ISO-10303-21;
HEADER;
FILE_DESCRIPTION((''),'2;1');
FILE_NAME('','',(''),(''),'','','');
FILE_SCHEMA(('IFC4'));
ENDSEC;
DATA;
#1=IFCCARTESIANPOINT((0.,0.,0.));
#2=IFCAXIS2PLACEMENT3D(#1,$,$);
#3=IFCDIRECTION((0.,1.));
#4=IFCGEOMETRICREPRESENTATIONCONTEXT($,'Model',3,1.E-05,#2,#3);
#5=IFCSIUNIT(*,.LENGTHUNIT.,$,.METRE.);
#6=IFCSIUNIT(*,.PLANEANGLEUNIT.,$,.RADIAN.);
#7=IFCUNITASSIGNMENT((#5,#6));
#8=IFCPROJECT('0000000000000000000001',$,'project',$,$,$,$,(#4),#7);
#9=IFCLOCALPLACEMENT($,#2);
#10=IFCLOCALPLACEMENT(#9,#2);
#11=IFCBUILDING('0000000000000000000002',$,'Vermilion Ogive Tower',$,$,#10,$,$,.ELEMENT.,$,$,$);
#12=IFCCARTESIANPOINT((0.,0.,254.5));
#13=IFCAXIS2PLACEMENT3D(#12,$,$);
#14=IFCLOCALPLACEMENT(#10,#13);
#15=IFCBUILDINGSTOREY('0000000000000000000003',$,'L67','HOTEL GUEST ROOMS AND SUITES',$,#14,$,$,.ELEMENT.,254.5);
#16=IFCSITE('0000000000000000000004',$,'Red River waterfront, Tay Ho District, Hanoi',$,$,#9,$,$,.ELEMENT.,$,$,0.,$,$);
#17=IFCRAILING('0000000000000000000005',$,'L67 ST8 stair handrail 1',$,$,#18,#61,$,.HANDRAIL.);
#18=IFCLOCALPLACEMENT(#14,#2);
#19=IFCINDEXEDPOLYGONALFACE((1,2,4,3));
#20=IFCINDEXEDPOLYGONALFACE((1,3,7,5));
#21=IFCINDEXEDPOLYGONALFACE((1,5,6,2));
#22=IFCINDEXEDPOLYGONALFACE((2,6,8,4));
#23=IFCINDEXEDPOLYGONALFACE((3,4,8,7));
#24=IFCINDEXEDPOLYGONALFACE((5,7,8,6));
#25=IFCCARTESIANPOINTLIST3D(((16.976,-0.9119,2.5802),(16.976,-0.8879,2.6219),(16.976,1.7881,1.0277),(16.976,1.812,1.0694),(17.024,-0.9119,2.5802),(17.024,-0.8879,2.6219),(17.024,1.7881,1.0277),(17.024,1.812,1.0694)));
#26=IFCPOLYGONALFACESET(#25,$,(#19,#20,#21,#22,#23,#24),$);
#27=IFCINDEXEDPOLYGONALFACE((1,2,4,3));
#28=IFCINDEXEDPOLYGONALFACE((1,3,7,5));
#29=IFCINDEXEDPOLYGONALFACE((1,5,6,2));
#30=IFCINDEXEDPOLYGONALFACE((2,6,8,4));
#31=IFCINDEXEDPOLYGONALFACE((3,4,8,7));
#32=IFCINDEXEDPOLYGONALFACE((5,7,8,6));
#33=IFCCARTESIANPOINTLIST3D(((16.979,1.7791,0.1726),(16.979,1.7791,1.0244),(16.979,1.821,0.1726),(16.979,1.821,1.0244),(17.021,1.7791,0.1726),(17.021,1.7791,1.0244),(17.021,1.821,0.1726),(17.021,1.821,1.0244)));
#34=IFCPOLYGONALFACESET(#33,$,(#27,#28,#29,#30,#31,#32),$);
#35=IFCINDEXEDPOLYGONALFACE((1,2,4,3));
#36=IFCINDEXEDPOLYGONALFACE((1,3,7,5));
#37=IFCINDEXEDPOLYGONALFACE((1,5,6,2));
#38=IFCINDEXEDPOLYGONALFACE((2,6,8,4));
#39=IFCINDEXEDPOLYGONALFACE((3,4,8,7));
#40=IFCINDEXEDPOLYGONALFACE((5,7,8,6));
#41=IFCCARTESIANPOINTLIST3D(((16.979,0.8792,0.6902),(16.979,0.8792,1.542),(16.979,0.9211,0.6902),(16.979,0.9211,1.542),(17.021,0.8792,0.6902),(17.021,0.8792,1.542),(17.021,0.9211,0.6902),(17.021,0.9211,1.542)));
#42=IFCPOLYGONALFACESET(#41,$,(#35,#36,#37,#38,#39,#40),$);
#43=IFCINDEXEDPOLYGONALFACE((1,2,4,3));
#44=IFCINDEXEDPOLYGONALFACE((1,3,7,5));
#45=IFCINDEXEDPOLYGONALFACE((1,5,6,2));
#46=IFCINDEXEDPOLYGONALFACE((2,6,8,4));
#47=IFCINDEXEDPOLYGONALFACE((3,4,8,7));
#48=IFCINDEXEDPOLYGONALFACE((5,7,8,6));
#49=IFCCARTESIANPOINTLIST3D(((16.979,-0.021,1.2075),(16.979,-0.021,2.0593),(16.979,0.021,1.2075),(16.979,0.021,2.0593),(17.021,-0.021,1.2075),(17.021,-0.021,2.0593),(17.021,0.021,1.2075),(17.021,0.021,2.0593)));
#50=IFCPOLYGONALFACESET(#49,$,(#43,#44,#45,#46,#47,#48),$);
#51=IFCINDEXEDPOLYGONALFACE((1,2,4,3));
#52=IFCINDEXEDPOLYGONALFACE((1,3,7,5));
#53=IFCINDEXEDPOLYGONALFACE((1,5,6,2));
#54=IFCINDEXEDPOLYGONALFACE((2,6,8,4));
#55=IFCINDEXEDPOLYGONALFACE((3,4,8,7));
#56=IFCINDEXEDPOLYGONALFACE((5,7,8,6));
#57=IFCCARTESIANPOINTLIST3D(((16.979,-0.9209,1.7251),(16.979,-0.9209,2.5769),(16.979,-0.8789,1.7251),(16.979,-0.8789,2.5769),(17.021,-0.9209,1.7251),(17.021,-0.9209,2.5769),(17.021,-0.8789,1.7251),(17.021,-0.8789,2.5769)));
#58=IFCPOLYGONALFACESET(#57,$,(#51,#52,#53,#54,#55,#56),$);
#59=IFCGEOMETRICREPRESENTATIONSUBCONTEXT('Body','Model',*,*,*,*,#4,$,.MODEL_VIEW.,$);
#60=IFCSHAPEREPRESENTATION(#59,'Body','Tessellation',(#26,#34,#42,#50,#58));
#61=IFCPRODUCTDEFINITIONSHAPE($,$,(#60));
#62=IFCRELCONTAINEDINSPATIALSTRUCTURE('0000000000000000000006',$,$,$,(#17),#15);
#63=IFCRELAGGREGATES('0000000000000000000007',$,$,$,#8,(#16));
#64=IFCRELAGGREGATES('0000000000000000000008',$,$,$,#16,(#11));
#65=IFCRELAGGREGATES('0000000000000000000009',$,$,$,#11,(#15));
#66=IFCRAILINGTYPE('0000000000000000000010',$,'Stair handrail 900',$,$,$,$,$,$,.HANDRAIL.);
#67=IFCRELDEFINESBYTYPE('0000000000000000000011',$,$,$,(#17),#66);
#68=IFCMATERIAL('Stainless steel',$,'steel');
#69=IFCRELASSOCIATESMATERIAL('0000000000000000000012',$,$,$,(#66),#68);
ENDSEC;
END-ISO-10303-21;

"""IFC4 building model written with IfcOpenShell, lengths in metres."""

from ifc_helpers import new_model, si_unit, direction, frame, origin, origin_2d, place, context, subcontext, project, spatial, rectangle, extrude, material, type_object, element, save


model = new_model("IFC4")

# Units and contexts
model_context = context("Model", 3, precision=1e-05, world=origin(), true_north=direction((0.0, 1.0)))
body_context = subcontext(model_context, "Body", "Model", "MODEL_VIEW")
ifc_project = project(units=[si_unit("LENGTHUNIT", "METRE"), si_unit("PLANEANGLEUNIT", "RADIAN")], contexts=[model_context])

# Site, building, storey
site_placement = place(None, origin())
site = spatial("IfcSite", under=ifc_project, at=site_placement, Name="Red River waterfront, Tay Ho District, Hanoi", CompositionType="ELEMENT", RefElevation=0.0)
building_placement = place(site_placement, origin())
building = spatial("IfcBuilding", under=site, at=building_placement, Name="Vermilion Ogive Tower", CompositionType="ELEMENT")
storey_placement = place(building_placement, frame((0.0, 0.0, 254.5)))
storey = spatial("IfcBuildingStorey", under=building, at=storey_placement, Name="L67", Description="HOTEL GUEST ROOMS AND SUITES", CompositionType="ELEMENT", Elevation=254.5)

# Railing
ifc_material_1 = material(Name="Stainless steel", Category="steel")
railing_type_1 = type_object("IfcRailingType", Name="Stair handrail 900", PredefinedType="HANDRAIL", material=ifc_material_1)
railing_1_placement = place(storey_placement, frame((17.0, 1.8, 0.1726)))
element("IfcRailing", 1, at=railing_1_placement, inside=storey, type_object=railing_type_1, Name="L67 ST8 stair handrail 1", PredefinedType="HANDRAIL", context=body_context, shape_type="SweptSolid", body=[
    extrude(rectangle(XDim=0.0481, YDim=0.0481, at=origin_2d()), frame((0.0, 0.0, 0.876), z_axis=(0.0, -0.866904, 0.498476), x_axis=(1.0, 0.0, 0.0)), (0.0, 0.0, 1.0), 3.1145),
    extrude(rectangle(XDim=0.042, YDim=0.042, at=origin_2d()), origin(), (0.0, 0.0, 1.0), 0.8518),
    extrude(rectangle(XDim=0.042, YDim=0.042, at=origin_2d()), frame((0.0, -0.8999, 0.5176)), (0.0, 0.0, 1.0), 0.8518),
    extrude(rectangle(XDim=0.042, YDim=0.042, at=origin_2d()), frame((0.0, -1.8, 1.0349)), (0.0, 0.0, 1.0), 0.8518),
    extrude(rectangle(XDim=0.042, YDim=0.042, at=origin_2d()), frame((0.0, -2.7, 1.5525)), (0.0, 0.0, 1.0), 0.8518),
])

save(model, "model.ifc")
